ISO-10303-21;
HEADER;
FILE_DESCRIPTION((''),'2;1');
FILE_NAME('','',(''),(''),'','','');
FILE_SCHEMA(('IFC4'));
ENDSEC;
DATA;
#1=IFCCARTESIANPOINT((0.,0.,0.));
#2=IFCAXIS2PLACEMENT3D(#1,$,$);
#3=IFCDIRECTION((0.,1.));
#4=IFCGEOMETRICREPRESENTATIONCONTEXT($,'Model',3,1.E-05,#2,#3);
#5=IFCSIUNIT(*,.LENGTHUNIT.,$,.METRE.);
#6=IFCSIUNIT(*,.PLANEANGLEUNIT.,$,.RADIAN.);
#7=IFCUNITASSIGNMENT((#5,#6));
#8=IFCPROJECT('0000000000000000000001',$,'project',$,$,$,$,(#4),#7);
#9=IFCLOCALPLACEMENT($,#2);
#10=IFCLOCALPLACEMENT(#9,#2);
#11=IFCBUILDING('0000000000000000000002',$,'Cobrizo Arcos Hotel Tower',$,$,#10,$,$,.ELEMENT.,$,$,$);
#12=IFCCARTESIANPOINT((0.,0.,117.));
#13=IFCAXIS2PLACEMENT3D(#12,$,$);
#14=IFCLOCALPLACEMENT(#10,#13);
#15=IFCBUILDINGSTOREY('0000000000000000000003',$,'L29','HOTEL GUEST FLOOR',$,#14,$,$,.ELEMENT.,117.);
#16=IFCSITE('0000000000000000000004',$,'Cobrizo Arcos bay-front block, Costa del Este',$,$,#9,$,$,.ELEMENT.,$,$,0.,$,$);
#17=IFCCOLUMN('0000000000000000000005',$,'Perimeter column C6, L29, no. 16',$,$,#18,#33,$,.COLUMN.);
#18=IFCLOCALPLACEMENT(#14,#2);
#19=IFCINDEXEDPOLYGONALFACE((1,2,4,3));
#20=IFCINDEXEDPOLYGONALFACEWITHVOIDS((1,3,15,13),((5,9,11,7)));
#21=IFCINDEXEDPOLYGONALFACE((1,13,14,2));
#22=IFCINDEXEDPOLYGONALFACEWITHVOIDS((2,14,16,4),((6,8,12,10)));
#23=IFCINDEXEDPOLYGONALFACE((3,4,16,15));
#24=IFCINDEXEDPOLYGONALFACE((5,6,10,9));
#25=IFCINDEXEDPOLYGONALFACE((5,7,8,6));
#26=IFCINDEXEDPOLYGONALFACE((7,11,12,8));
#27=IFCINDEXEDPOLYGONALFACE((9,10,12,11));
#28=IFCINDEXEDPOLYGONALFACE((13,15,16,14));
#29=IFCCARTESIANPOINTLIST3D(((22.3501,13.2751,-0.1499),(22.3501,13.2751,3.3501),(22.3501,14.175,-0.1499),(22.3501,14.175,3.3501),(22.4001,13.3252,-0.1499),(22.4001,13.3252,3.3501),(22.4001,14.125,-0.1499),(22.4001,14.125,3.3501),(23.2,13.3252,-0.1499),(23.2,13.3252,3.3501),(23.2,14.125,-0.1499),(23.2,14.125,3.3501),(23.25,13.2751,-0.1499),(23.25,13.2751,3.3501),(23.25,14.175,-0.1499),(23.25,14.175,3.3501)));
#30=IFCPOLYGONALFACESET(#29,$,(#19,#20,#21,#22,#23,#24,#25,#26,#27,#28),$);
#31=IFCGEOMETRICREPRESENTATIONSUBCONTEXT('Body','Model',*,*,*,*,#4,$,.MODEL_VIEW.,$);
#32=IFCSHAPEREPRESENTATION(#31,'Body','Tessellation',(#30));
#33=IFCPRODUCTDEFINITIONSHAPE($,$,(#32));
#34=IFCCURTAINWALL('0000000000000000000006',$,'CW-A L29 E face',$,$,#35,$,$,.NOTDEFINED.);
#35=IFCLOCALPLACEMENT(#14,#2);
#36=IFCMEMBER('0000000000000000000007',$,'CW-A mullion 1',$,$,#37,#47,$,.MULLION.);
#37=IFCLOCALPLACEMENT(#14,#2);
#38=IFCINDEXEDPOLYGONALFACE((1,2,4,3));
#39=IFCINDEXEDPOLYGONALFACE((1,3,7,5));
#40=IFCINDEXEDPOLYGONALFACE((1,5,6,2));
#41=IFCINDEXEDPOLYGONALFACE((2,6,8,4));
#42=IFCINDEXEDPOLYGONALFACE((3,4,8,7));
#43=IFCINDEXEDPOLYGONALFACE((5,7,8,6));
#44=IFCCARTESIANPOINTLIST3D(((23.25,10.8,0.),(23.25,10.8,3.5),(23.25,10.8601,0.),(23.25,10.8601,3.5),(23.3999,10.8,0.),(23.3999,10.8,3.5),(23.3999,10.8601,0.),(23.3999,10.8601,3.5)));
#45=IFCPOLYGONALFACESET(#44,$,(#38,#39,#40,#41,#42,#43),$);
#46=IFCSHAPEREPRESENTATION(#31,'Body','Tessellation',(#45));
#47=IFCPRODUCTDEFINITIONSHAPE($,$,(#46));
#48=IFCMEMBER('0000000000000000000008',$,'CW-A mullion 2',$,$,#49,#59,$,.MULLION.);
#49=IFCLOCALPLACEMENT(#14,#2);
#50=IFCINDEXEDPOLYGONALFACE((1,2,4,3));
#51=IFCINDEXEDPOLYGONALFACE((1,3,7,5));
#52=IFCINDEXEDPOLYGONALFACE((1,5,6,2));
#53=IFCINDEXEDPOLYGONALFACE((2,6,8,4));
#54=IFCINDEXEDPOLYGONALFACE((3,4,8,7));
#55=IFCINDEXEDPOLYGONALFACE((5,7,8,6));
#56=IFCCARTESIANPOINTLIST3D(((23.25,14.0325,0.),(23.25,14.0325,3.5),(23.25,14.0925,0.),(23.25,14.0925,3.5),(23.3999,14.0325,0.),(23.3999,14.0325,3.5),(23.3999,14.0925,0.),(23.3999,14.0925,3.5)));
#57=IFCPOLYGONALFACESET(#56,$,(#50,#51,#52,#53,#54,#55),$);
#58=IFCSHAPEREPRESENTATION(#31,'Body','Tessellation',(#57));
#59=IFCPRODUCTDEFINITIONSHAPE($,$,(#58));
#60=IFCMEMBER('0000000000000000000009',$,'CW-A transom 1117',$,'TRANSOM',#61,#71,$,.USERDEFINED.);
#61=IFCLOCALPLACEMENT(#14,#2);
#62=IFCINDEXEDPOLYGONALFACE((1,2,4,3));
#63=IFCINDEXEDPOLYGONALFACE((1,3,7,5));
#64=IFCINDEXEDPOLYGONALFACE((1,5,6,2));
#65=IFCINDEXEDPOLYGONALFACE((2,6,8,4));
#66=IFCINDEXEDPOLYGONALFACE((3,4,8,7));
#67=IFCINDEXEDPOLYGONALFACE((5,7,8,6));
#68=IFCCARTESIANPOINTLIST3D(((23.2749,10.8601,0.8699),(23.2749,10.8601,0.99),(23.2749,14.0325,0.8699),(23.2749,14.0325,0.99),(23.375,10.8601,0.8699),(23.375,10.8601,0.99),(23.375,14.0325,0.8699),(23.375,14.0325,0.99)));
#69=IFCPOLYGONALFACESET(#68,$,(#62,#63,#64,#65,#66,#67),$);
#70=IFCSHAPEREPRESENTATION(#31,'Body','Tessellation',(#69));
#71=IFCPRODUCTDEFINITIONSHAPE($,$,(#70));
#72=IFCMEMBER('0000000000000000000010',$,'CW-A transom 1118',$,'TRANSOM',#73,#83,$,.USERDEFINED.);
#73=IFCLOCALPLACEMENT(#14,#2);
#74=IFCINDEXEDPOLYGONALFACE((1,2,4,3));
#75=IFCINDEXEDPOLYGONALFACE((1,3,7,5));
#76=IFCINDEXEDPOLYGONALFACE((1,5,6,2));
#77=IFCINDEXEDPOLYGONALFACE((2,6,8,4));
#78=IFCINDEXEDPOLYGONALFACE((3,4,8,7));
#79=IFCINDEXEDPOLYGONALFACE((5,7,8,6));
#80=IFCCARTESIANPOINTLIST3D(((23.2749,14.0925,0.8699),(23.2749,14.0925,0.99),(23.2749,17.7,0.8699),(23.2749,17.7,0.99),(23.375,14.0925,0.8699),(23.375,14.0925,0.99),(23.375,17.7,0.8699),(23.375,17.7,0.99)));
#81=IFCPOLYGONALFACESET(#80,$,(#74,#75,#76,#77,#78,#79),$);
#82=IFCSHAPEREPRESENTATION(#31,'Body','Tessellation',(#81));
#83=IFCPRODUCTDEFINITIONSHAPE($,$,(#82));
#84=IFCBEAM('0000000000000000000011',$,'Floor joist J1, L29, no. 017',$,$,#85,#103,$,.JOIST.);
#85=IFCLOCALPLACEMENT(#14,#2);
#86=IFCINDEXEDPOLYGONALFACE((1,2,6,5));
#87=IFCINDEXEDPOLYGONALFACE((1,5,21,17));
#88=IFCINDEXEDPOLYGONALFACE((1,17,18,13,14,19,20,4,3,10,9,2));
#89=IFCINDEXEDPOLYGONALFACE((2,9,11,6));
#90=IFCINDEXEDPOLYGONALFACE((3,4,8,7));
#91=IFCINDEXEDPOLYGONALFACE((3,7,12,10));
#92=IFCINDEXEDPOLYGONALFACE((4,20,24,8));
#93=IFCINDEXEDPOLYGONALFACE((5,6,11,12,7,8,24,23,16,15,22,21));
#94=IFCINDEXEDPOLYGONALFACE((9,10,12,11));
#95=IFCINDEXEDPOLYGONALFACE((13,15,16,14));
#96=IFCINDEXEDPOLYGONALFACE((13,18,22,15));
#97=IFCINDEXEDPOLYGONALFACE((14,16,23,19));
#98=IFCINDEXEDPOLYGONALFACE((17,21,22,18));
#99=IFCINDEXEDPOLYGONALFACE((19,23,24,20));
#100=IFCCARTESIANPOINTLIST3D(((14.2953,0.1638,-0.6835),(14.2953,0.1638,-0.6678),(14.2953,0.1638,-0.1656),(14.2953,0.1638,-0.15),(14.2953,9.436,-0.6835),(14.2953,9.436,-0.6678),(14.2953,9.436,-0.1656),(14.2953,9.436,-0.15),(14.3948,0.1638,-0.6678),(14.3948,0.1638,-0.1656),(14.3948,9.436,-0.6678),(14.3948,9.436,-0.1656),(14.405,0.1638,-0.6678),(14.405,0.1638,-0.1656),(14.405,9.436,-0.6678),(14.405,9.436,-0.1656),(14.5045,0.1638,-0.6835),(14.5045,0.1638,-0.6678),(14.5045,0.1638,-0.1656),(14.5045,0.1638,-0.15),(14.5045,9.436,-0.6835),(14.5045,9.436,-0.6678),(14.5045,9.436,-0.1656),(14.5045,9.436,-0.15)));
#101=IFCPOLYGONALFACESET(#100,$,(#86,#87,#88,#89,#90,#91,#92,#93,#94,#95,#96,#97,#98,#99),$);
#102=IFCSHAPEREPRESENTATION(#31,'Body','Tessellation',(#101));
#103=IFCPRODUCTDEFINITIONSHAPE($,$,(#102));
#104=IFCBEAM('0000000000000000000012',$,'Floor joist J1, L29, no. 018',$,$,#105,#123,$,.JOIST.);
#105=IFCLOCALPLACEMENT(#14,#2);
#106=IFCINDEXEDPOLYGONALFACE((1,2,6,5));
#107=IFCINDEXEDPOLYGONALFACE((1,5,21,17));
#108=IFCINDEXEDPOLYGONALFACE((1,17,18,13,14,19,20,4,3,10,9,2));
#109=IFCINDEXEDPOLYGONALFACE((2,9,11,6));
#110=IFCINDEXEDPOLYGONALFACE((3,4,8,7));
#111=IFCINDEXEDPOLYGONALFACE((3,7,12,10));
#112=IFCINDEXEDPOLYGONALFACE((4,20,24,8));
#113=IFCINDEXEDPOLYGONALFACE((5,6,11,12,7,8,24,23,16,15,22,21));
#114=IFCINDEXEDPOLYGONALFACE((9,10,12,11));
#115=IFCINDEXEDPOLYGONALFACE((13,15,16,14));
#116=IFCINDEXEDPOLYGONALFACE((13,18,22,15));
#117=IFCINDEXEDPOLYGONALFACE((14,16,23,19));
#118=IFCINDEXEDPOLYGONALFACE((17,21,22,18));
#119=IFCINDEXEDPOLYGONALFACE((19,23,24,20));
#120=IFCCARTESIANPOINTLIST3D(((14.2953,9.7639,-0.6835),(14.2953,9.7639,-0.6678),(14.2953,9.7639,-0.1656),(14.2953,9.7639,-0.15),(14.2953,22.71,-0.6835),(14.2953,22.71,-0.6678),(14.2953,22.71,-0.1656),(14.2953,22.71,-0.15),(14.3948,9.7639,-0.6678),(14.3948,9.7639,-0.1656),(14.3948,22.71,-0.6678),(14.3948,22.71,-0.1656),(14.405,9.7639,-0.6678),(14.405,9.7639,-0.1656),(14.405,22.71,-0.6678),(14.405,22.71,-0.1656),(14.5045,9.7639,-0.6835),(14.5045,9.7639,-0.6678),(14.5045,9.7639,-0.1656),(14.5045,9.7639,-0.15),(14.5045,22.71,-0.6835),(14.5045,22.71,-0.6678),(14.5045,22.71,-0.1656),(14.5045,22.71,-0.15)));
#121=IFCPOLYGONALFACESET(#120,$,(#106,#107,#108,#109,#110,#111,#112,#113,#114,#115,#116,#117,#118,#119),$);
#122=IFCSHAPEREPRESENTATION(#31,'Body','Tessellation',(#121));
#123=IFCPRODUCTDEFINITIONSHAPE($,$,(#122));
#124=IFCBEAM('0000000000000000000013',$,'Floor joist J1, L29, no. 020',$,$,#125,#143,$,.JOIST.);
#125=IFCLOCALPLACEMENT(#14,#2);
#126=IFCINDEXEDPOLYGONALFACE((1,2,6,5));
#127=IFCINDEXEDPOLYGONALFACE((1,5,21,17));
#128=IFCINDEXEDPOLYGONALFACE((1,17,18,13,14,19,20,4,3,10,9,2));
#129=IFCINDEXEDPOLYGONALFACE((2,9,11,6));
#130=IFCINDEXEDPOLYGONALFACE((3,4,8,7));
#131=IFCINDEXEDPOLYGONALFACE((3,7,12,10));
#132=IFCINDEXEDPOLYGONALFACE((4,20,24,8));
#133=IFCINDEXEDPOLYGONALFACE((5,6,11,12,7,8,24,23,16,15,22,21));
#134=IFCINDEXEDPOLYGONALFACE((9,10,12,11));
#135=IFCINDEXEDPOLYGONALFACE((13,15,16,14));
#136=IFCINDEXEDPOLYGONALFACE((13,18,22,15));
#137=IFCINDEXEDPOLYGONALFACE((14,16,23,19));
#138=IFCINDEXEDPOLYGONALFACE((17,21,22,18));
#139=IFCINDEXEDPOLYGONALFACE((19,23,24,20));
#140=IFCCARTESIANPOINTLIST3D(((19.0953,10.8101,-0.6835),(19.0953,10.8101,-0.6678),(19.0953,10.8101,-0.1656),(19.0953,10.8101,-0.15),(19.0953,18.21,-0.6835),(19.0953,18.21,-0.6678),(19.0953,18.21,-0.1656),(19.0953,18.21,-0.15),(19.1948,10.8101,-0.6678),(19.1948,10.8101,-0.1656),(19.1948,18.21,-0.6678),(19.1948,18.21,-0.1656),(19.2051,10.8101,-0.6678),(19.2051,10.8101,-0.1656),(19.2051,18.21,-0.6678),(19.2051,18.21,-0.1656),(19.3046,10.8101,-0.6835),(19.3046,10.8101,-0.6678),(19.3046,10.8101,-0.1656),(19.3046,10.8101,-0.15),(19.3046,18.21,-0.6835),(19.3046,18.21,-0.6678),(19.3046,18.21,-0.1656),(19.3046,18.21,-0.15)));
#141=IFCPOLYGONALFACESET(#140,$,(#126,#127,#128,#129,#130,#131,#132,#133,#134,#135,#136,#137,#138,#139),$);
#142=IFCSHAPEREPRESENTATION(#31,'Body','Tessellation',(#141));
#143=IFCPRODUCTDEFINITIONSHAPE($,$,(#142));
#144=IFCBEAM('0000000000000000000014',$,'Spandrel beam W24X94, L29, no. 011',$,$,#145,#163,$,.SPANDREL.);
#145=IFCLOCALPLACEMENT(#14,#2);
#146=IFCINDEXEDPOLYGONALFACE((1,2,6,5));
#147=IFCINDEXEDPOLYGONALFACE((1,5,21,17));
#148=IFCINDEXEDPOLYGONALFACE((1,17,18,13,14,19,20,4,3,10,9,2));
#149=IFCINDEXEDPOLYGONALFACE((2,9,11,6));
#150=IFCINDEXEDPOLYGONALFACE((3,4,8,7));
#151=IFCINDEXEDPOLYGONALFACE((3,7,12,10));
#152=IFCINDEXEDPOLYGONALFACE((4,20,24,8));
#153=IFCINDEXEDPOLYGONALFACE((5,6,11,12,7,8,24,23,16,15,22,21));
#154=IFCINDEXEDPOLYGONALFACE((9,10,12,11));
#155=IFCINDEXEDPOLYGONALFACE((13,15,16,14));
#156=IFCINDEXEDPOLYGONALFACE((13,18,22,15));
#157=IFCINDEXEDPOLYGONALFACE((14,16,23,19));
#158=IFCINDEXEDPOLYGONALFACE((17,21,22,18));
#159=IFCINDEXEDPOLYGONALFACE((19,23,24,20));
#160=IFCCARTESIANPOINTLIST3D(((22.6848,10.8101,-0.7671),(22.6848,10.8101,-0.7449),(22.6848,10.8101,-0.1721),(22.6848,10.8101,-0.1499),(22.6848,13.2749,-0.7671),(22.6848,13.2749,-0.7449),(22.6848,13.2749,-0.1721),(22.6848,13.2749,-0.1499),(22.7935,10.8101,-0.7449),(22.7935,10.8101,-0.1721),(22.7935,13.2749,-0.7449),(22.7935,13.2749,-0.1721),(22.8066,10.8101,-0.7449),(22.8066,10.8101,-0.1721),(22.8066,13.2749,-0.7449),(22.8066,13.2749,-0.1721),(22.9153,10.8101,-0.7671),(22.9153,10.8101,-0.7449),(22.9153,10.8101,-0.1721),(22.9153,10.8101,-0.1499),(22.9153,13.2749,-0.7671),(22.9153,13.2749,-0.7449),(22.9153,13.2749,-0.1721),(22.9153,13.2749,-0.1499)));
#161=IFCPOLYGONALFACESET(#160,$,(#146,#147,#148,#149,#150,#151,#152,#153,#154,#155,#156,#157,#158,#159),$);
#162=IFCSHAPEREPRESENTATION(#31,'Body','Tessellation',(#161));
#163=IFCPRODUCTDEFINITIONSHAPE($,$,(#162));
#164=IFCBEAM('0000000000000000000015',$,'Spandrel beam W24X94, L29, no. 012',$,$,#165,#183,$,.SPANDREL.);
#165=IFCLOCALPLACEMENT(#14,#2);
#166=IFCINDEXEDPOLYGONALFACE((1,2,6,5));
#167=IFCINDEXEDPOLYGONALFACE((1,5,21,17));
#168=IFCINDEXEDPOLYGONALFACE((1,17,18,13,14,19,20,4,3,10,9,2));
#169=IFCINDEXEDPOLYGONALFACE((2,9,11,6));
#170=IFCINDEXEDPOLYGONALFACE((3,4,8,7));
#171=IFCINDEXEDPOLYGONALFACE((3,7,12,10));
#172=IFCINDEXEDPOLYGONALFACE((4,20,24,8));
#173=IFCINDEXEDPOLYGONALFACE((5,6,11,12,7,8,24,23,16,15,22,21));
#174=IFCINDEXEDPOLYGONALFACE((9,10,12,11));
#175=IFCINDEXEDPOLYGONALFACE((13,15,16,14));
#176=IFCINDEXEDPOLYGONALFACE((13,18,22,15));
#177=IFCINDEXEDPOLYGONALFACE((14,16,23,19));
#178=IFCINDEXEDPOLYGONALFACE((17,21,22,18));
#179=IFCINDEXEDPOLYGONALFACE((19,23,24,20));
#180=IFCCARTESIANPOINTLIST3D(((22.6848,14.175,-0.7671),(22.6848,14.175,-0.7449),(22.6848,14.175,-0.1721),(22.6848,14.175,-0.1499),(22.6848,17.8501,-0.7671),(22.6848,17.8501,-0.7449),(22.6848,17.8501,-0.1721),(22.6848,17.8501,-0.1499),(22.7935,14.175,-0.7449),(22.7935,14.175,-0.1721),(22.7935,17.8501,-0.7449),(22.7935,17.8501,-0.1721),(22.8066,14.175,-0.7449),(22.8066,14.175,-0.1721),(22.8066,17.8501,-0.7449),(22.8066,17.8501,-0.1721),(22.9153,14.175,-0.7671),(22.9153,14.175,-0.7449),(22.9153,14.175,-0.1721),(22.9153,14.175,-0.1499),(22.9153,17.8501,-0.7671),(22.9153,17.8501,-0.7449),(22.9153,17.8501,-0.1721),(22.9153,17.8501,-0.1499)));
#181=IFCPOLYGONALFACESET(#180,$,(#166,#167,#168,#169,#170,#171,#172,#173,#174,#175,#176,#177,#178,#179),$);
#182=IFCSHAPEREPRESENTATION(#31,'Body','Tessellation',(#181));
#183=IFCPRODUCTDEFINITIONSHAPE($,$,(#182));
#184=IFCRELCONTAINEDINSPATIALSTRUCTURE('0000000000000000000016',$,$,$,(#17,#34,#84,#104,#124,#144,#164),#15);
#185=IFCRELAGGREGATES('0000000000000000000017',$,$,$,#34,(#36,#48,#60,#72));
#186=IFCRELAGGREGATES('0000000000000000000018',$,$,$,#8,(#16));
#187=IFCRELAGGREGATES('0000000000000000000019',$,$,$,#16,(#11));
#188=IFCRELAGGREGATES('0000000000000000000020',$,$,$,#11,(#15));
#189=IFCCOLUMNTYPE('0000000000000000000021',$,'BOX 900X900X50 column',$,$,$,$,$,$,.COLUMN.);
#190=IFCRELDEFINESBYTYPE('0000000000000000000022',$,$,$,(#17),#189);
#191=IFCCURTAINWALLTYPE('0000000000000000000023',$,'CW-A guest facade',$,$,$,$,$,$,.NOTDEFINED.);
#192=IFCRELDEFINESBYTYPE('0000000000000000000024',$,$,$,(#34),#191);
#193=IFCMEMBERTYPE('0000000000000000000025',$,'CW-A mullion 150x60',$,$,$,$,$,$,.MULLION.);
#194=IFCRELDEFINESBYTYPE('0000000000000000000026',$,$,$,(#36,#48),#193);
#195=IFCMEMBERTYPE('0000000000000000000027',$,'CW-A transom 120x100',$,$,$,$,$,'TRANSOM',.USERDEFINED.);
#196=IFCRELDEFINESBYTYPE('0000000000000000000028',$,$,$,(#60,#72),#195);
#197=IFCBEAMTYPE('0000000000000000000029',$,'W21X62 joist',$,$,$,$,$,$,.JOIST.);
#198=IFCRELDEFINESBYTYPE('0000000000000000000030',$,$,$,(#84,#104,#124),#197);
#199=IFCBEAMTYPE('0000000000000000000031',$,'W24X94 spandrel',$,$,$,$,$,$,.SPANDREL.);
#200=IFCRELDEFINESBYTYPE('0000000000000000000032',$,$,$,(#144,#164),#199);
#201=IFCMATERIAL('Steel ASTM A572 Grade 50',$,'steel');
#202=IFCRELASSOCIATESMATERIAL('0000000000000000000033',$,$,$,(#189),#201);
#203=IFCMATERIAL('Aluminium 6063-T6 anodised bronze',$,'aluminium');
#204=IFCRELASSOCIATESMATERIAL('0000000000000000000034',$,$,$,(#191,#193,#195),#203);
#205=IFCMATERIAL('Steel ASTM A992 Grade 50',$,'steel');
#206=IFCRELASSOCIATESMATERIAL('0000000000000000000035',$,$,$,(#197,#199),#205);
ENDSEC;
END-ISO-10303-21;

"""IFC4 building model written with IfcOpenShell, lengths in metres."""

from ifc_helpers import new_model, si_unit, direction, frame, origin, origin_2d, place, context, subcontext, project, spatial, rectangle, hollow_rectangle, i_section, extrude, material, material_profile, profile_set, type_object, element, aggregate, save


model = new_model("IFC4")

# Units and contexts
model_context = context("Model", 3, precision=1e-05, world=origin(), true_north=direction((0.0, 1.0)))
body_context = subcontext(model_context, "Body", "Model", "MODEL_VIEW")
ifc_project = project(units=[si_unit("LENGTHUNIT", "METRE"), si_unit("PLANEANGLEUNIT", "RADIAN")], contexts=[model_context])

# Site, building, storey
site_placement = place(None, origin())
site = spatial("IfcSite", under=ifc_project, at=site_placement, Name="Cobrizo Arcos bay-front block, Costa del Este", CompositionType="ELEMENT", RefElevation=0.0)
building_placement = place(site_placement, origin())
building = spatial("IfcBuilding", under=site, at=building_placement, Name="Cobrizo Arcos Hotel Tower", CompositionType="ELEMENT")
storey_placement = place(building_placement, frame((0.0, 0.0, 117.0)))
storey = spatial("IfcBuildingStorey", under=building, at=storey_placement, Name="L29", Description="HOTEL GUEST FLOOR", CompositionType="ELEMENT", Elevation=117.0)

# Column
ifc_material_1 = material(Name="Steel ASTM A572 Grade 50", Category="steel")
ifc_material_profile_1 = material_profile(ifc_material_1, hollow_rectangle(XDim=0.8999, YDim=0.8999, WallThickness=0.05, at=origin_2d()), Name="BOX 900X900X50")
ifc_profile_set_1 = profile_set([ifc_material_profile_1], Name="Steel ASTM A572 Grade 50")
column_type = type_object("IfcColumnType", Name="BOX 900X900X50 column", PredefinedType="COLUMN", material=ifc_profile_set_1)
column_placement = place(storey_placement, frame((22.8, 13.7251, -0.1499), z_axis=(0.0, 0.0, 1.0), x_axis=(1.0, 0.0, 0.0)))
element("IfcColumn", 1, at=column_placement, inside=storey, type_object=column_type, Name="Perimeter column C6, L29, no. 16", PredefinedType="COLUMN", context=body_context, shape_type="SweptSolid", body=[
    extrude(hollow_rectangle(XDim=0.8999, YDim=0.8999, WallThickness=0.05, at=origin_2d()), origin(), (0.0, 0.0, 1.0), 3.5),
])

# Curtain wall, members
ifc_material_2 = material(Name="Aluminium 6063-T6 anodised bronze", Category="aluminium")
curtain_wall_type = type_object("IfcCurtainWallType", Name="CW-A guest facade", PredefinedType="NOTDEFINED", material=ifc_material_2)
curtain_wall_placement = place(storey_placement, origin())
curtain_wall = element("IfcCurtainWall", 2, at=curtain_wall_placement, inside=storey, type_object=curtain_wall_type, Name="CW-A L29 E face", PredefinedType="NOTDEFINED")
ifc_material_profile_2 = material_profile(ifc_material_2, rectangle(XDim=0.1499, YDim=0.0601, at=origin_2d()), Name="CW-A mullion 150x60")
ifc_profile_set_2 = profile_set([ifc_material_profile_2], Name="Aluminium 6063-T6 anodised bronze")
member_type_1 = type_object("IfcMemberType", Name="CW-A mullion 150x60", PredefinedType="MULLION", material=ifc_profile_set_2)
member_1_placement = place(storey_placement, frame((23.325, 10.8301, 0.0), z_axis=(0.0, 0.0, 1.0), x_axis=(1.0, 0.0, 0.0)))
member_1 = element("IfcMember", 3, at=member_1_placement, type_object=member_type_1, Name="CW-A mullion 1", PredefinedType="MULLION", context=body_context, shape_type="SweptSolid", body=[
    extrude(rectangle(XDim=0.1499, YDim=0.0601, at=origin_2d()), origin(), (0.0, 0.0, 1.0), 3.5),
])
member_2_placement = place(storey_placement, frame((23.325, 14.0625, 0.0), z_axis=(0.0, 0.0, 1.0), x_axis=(1.0, 0.0, 0.0)))
member_2 = element("IfcMember", 4, at=member_2_placement, type_object=member_type_1, Name="CW-A mullion 2", PredefinedType="MULLION", context=body_context, shape_type="SweptSolid", body=[
    extrude(rectangle(XDim=0.1499, YDim=0.0601, at=origin_2d()), origin(), (0.0, 0.0, 1.0), 3.5),
])
ifc_material_profile_3 = material_profile(ifc_material_2, rectangle(XDim=0.1001, YDim=0.1201, at=origin_2d()), Name="CW-A transom 120x100")
ifc_profile_set_3 = profile_set([ifc_material_profile_3], Name="Aluminium 6063-T6 anodised bronze")
member_type_2 = type_object("IfcMemberType", Name="CW-A transom 120x100", ElementType="TRANSOM", PredefinedType="USERDEFINED", material=ifc_profile_set_3)
member_3_placement = place(storey_placement, frame((23.325, 10.8601, 0.9299), z_axis=(0.0, 1.0, 0.0), x_axis=(-1.0, 0.0, 0.0)))
member_3 = element("IfcMember", 5, at=member_3_placement, type_object=member_type_2, Name="CW-A transom 1117", ObjectType="TRANSOM", PredefinedType="USERDEFINED", context=body_context, shape_type="SweptSolid", body=[
    extrude(rectangle(XDim=0.1001, YDim=0.1201, at=origin_2d()), origin(), (0.0, 0.0, 1.0), 3.1724),
])
member_4_placement = place(storey_placement, frame((23.325, 14.0925, 0.9299), z_axis=(0.0, 1.0, 0.0), x_axis=(-1.0, 0.0, 0.0)))
member_4 = element("IfcMember", 6, at=member_4_placement, type_object=member_type_2, Name="CW-A transom 1118", ObjectType="TRANSOM", PredefinedType="USERDEFINED", context=body_context, shape_type="SweptSolid", body=[
    extrude(rectangle(XDim=0.1001, YDim=0.1201, at=origin_2d()), origin(), (0.0, 0.0, 1.0), 3.6074),
])

# Beams
ifc_material_3 = material(Name="Steel ASTM A992 Grade 50", Category="steel")
ifc_material_profile_4 = material_profile(ifc_material_3, i_section(OverallWidth=0.2092, OverallDepth=0.5334, WebThickness=0.0103, FlangeThickness=0.0156, at=origin_2d()), Name="W21X62")
ifc_profile_set_4 = profile_set([ifc_material_profile_4], Name="Steel ASTM A992 Grade 50")
beam_type_1 = type_object("IfcBeamType", Name="W21X62 joist", PredefinedType="JOIST", material=ifc_profile_set_4)
beam_1_placement = place(storey_placement, frame((14.3999, 0.1638, -0.4167), z_axis=(0.0, 1.0, 0.0), x_axis=(-1.0, 0.0, 0.0)))
element("IfcBeam", 7, at=beam_1_placement, inside=storey, type_object=beam_type_1, Name="Floor joist J1, L29, no. 017", PredefinedType="JOIST", context=body_context, shape_type="SweptSolid", body=[
    extrude(i_section(OverallWidth=0.2092, OverallDepth=0.5334, WebThickness=0.0103, FlangeThickness=0.0156, at=origin_2d()), origin(), (0.0, 0.0, 1.0), 9.2722),
])
beam_2_placement = place(storey_placement, frame((14.3999, 9.7639, -0.4167), z_axis=(0.0, 1.0, 0.0), x_axis=(-1.0, 0.0, 0.0)))
element("IfcBeam", 8, at=beam_2_placement, inside=storey, type_object=beam_type_1, Name="Floor joist J1, L29, no. 018", PredefinedType="JOIST", context=body_context, shape_type="SweptSolid", body=[
    extrude(i_section(OverallWidth=0.2092, OverallDepth=0.5334, WebThickness=0.0103, FlangeThickness=0.0156, at=origin_2d()), origin(), (0.0, 0.0, 1.0), 12.946),
])
beam_3_placement = place(storey_placement, frame((19.2, 10.8101, -0.4167), z_axis=(0.0, 1.0, 0.0), x_axis=(-1.0, 0.0, 0.0)))
element("IfcBeam", 9, at=beam_3_placement, inside=storey, type_object=beam_type_1, Name="Floor joist J1, L29, no. 020", PredefinedType="JOIST", context=body_context, shape_type="SweptSolid", body=[
    extrude(i_section(OverallWidth=0.2092, OverallDepth=0.5334, WebThickness=0.0103, FlangeThickness=0.0156, at=origin_2d()), origin(), (0.0, 0.0, 1.0), 7.3999),
])
ifc_material_profile_5 = material_profile(ifc_material_3, i_section(OverallWidth=0.2305, OverallDepth=0.6172, WebThickness=0.0132, FlangeThickness=0.0222, at=origin_2d()), Name="W24X94")
ifc_profile_set_5 = profile_set([ifc_material_profile_5], Name="Steel ASTM A992 Grade 50")
beam_type_2 = type_object("IfcBeamType", Name="W24X94 spandrel", PredefinedType="SPANDREL", material=ifc_profile_set_5)
beam_4_placement = place(storey_placement, frame((22.8, 10.8101, -0.4585), z_axis=(0.0, 1.0, 0.0), x_axis=(-1.0, 0.0, 0.0)))
element("IfcBeam", 10, at=beam_4_placement, inside=storey, type_object=beam_type_2, Name="Spandrel beam W24X94, L29, no. 011", PredefinedType="SPANDREL", context=body_context, shape_type="SweptSolid", body=[
    extrude(i_section(OverallWidth=0.2305, OverallDepth=0.6172, WebThickness=0.0132, FlangeThickness=0.0222, at=origin_2d()), origin(), (0.0, 0.0, 1.0), 2.4648),
])
beam_5_placement = place(storey_placement, frame((22.8, 14.175, -0.4585), z_axis=(0.0, 1.0, 0.0), x_axis=(-1.0, 0.0, 0.0)))
element("IfcBeam", 11, at=beam_5_placement, inside=storey, type_object=beam_type_2, Name="Spandrel beam W24X94, L29, no. 012", PredefinedType="SPANDREL", context=body_context, shape_type="SweptSolid", body=[
    extrude(i_section(OverallWidth=0.2305, OverallDepth=0.6172, WebThickness=0.0132, FlangeThickness=0.0222, at=origin_2d()), origin(), (0.0, 0.0, 1.0), 3.675),
])

aggregate(curtain_wall, [member_1, member_2, member_3, member_4])

save(model, "model.ifc")
